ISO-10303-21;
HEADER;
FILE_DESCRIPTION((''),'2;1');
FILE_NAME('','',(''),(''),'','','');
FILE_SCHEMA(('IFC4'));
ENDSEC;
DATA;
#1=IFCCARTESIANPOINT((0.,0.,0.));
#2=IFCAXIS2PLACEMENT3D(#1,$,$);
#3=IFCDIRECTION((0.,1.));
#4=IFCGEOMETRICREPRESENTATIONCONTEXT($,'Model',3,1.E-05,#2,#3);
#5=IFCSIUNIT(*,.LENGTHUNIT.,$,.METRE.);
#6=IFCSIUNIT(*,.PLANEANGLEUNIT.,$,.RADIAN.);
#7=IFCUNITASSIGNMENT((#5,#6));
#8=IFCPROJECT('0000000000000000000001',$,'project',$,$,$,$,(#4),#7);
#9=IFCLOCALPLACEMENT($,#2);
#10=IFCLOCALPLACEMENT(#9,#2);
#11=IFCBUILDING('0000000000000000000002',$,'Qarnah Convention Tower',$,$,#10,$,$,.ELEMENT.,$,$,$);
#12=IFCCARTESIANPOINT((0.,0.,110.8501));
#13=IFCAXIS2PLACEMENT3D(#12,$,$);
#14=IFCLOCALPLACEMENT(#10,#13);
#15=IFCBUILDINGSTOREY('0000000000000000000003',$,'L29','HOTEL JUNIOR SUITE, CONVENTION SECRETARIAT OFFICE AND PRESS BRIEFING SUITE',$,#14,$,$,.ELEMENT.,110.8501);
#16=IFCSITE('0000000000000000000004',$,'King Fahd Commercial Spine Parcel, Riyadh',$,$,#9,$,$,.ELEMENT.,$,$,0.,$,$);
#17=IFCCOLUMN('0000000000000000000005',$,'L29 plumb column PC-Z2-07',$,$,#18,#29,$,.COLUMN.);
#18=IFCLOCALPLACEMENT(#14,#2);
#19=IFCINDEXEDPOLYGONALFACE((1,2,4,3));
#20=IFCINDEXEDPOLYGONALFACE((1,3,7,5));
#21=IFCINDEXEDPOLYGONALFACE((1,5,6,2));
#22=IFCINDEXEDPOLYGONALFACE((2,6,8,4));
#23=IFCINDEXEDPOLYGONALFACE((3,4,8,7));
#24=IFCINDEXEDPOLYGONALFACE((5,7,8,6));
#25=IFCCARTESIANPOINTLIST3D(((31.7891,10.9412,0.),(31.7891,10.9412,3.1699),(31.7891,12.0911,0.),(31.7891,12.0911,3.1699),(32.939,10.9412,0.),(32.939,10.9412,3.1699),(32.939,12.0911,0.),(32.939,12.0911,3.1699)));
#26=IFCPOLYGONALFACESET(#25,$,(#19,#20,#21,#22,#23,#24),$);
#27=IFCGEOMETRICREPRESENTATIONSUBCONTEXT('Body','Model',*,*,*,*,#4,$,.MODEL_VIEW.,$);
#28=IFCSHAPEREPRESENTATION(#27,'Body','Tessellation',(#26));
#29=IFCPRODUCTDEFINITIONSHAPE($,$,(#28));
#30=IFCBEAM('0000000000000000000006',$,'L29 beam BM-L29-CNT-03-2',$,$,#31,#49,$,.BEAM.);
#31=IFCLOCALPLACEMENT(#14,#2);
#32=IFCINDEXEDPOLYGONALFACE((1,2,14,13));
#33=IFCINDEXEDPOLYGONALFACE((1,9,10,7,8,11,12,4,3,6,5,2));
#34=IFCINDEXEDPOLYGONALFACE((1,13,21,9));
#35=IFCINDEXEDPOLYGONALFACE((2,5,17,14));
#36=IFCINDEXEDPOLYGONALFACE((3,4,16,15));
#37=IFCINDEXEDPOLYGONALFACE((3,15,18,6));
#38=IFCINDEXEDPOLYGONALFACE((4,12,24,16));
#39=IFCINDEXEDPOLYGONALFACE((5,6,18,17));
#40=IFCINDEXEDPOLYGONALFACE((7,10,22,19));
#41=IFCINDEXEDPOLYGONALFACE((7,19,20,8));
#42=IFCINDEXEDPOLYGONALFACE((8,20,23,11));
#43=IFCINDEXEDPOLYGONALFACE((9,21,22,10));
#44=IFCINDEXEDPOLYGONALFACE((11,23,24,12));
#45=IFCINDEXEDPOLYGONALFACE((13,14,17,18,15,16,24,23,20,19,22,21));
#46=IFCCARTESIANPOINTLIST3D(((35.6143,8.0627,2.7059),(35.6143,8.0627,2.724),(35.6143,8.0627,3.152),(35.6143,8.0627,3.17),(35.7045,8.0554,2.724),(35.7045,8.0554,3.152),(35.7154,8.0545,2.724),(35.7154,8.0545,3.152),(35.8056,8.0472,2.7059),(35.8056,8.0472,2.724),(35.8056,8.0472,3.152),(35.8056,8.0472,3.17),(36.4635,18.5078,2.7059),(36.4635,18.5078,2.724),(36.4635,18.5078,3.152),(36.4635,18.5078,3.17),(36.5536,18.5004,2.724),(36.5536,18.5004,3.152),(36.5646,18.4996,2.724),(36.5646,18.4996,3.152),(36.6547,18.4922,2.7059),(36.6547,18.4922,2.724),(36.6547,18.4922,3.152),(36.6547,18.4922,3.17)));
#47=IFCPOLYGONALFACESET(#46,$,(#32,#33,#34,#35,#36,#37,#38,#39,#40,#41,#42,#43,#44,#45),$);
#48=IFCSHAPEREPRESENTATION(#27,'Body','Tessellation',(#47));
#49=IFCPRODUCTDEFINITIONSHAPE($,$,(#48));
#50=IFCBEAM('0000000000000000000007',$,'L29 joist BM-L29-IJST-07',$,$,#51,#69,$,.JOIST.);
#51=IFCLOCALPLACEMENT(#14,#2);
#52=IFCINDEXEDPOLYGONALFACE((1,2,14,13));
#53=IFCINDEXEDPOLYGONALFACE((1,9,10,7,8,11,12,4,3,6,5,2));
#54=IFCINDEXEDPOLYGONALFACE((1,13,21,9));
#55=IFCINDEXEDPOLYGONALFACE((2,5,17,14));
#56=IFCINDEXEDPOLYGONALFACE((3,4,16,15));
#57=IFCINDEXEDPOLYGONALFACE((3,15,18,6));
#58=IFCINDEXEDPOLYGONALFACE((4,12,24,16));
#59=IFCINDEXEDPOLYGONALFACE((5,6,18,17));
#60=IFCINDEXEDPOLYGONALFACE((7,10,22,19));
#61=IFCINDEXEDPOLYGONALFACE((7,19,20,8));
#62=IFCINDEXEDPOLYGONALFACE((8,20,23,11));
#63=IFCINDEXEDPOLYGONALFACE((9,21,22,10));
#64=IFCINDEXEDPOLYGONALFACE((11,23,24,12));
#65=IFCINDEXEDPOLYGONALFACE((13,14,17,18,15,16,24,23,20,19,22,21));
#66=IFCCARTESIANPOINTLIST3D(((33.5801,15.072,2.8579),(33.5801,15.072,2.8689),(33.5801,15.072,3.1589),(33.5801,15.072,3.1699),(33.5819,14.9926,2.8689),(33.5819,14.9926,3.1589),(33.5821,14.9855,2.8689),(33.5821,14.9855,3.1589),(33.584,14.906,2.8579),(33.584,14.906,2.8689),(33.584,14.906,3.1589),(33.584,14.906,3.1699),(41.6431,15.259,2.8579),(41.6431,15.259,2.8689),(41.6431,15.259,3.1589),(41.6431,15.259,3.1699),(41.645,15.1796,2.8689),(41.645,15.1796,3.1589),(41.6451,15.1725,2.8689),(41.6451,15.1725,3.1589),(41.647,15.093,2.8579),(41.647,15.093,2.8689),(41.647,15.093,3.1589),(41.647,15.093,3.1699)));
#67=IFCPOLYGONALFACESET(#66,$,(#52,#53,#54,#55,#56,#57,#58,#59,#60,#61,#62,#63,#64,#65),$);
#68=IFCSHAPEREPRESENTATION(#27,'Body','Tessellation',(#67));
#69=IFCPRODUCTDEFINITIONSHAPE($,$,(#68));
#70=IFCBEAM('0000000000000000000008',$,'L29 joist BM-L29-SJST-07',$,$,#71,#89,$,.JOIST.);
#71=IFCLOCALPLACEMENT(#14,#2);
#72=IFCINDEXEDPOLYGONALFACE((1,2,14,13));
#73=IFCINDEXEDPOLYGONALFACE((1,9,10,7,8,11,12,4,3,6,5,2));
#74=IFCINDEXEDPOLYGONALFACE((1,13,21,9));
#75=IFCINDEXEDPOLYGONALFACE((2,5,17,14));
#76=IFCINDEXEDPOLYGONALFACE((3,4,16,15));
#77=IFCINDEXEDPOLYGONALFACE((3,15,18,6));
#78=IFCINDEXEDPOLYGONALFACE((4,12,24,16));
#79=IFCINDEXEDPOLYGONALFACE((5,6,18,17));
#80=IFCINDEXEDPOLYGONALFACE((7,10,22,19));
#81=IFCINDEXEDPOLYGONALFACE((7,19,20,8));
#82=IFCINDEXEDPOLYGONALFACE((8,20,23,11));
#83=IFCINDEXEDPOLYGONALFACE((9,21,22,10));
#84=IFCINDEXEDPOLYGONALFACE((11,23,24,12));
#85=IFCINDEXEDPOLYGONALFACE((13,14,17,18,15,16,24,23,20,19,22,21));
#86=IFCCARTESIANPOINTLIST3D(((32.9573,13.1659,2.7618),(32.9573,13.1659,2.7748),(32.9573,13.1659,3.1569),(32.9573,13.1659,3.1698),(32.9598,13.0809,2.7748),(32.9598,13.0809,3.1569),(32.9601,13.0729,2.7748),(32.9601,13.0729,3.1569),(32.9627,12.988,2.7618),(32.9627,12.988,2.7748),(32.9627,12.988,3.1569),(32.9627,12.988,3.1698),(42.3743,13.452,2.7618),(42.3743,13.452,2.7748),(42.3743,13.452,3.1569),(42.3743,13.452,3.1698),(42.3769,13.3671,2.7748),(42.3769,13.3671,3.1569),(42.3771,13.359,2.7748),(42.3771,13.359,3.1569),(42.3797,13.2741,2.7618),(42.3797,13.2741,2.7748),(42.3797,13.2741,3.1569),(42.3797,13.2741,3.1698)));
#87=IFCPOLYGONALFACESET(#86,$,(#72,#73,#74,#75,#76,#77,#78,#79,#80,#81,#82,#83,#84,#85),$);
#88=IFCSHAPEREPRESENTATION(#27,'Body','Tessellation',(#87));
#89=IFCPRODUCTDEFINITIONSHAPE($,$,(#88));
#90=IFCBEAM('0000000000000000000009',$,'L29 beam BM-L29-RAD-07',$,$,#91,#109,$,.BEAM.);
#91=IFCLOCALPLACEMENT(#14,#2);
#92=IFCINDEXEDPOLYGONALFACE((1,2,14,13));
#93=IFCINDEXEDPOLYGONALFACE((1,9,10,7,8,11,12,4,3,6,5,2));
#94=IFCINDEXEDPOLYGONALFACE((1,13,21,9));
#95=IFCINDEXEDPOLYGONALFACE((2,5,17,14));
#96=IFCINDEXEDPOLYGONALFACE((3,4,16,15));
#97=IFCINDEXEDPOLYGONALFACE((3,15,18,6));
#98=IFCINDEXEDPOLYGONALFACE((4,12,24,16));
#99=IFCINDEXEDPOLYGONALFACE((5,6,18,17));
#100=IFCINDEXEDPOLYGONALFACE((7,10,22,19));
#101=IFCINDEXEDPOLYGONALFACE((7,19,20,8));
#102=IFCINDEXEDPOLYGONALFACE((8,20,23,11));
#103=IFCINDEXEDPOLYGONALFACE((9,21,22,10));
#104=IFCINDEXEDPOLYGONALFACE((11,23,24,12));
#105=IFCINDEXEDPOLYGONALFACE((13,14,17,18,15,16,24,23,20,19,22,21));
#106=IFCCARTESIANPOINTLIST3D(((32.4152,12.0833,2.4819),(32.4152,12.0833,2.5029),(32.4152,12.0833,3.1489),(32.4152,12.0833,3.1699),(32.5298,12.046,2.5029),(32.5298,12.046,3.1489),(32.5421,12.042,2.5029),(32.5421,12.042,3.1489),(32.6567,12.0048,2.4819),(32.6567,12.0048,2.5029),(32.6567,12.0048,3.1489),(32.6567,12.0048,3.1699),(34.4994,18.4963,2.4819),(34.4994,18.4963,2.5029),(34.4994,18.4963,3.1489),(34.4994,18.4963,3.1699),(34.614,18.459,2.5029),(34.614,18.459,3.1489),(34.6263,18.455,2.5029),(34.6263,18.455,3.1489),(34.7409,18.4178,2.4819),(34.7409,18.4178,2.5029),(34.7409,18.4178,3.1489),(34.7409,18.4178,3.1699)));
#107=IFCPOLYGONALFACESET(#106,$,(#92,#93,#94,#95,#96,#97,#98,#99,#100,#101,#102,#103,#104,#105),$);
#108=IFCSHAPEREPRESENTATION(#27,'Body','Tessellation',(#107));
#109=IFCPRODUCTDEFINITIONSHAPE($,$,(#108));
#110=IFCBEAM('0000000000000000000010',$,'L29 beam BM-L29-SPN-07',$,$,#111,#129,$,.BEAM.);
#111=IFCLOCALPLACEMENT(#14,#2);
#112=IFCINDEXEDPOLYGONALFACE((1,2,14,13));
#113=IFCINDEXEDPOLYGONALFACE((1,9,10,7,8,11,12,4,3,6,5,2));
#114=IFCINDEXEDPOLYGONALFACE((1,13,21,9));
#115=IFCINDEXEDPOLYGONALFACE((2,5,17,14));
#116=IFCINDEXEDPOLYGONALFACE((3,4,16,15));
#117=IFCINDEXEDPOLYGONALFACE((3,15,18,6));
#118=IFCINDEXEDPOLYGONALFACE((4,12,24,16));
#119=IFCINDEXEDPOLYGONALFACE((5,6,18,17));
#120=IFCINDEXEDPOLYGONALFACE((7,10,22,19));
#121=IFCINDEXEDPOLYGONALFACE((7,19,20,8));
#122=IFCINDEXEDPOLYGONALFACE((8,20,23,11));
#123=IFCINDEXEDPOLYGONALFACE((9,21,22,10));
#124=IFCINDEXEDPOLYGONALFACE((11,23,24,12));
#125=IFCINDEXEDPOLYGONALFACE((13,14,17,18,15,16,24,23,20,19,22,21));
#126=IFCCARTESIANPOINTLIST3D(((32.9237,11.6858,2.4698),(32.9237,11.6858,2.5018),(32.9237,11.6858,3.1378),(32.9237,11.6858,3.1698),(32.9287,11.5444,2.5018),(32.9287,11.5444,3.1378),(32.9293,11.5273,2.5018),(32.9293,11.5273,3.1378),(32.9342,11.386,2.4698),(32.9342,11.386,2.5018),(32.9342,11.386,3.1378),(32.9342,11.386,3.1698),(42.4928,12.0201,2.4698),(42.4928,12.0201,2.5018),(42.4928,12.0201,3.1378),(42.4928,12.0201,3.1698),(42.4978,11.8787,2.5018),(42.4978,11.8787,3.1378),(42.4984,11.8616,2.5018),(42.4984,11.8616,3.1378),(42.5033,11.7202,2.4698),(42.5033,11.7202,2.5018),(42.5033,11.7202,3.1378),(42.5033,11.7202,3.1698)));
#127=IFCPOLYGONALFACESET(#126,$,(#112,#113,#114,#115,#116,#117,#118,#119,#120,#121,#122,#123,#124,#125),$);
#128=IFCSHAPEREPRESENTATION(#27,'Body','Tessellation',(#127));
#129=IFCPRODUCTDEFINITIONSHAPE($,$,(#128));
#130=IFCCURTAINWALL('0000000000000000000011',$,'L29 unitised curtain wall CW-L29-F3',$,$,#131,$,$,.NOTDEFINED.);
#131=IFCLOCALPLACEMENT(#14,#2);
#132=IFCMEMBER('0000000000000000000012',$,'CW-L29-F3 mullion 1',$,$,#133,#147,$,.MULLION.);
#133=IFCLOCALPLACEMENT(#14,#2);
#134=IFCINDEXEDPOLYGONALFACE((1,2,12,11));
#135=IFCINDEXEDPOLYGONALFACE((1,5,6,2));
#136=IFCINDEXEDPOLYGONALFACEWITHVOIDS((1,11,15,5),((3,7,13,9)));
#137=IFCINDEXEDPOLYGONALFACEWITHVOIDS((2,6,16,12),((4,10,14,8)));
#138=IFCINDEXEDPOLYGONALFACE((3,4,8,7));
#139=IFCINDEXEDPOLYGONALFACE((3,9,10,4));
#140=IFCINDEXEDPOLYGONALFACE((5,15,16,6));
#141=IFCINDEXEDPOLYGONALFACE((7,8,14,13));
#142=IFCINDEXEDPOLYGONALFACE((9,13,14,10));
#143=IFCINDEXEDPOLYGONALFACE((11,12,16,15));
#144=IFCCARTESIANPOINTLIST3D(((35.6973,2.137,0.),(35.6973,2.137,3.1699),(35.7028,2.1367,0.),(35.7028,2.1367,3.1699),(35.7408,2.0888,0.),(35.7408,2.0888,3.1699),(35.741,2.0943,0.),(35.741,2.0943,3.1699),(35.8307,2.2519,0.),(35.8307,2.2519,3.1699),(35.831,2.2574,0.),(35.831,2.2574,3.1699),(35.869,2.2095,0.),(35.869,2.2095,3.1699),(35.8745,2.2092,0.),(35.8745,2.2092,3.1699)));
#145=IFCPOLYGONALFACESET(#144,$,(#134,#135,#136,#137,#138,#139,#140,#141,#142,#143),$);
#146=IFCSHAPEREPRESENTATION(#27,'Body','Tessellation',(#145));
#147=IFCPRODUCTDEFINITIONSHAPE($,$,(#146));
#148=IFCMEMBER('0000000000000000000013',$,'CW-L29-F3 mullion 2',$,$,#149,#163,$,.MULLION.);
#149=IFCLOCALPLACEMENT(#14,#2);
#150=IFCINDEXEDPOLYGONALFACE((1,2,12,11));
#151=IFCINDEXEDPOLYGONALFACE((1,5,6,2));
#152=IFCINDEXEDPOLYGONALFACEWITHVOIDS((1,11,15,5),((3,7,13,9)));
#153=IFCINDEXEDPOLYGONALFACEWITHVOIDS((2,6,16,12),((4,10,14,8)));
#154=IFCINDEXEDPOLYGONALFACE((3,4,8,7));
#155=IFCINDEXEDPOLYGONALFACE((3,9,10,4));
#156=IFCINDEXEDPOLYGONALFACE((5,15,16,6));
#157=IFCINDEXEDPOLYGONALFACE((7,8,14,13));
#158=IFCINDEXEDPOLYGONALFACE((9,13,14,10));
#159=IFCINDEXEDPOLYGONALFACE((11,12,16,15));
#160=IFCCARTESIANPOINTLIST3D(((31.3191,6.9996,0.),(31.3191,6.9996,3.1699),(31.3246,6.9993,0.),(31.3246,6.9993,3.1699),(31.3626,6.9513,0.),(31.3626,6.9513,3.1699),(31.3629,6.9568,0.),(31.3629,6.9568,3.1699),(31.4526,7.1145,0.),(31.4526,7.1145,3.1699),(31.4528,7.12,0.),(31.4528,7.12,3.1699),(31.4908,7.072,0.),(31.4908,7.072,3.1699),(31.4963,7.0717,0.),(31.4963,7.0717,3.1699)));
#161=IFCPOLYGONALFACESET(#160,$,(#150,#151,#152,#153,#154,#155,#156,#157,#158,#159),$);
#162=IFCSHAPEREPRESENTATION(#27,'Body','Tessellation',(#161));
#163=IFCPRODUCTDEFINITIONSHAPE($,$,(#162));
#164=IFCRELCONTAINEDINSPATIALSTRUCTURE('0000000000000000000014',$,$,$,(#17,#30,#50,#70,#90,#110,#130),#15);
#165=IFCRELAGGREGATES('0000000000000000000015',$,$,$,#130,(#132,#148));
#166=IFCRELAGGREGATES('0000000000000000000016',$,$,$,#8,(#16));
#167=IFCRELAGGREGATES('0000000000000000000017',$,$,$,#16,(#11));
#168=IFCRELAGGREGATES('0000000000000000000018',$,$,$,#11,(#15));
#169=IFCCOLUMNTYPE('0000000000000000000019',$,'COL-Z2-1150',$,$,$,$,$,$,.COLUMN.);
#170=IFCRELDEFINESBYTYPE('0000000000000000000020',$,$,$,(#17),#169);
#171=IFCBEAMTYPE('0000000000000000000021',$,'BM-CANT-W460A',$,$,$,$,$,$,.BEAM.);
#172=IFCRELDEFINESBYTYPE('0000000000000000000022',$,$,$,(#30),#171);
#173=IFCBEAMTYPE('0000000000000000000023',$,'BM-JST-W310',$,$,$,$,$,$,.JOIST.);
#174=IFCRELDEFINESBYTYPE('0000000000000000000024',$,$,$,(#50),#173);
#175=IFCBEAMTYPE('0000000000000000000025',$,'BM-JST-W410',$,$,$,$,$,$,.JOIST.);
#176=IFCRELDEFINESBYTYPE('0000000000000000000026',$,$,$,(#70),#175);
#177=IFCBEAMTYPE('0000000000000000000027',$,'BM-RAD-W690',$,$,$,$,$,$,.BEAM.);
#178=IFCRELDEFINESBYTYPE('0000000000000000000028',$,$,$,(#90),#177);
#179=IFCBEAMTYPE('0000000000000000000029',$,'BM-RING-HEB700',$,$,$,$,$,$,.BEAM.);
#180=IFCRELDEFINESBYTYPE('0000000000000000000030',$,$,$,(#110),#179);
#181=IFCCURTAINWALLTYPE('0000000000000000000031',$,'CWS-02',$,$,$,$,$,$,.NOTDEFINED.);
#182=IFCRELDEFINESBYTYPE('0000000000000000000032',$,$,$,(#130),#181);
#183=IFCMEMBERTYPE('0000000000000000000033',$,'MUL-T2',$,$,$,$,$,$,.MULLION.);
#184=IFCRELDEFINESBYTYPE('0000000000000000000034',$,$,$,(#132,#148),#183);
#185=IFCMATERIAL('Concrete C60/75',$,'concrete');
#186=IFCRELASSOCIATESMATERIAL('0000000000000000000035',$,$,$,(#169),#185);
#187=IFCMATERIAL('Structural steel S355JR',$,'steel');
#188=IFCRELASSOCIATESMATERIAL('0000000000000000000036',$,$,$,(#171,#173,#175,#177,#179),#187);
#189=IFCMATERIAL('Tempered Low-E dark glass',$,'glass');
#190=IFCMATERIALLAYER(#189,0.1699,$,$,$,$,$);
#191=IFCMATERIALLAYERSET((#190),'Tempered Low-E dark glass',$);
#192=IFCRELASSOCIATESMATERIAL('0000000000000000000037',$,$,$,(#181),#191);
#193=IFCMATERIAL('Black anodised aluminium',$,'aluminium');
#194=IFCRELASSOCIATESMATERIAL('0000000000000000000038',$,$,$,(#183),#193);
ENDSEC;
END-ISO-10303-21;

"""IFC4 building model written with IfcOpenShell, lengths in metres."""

from ifc_helpers import new_model, si_unit, direction, frame, origin, origin_2d, place, context, subcontext, project, spatial, rectangle, hollow_rectangle, i_section, extrude, material, layer, layer_set, material_profile, profile_set, type_object, element, aggregate, save


model = new_model("IFC4")

# Units and contexts
model_context = context("Model", 3, precision=1e-05, world=origin(), true_north=direction((0.0, 1.0)))
body_context = subcontext(model_context, "Body", "Model", "MODEL_VIEW")
ifc_project = project(units=[si_unit("LENGTHUNIT", "METRE"), si_unit("PLANEANGLEUNIT", "RADIAN")], contexts=[model_context])

# Site, building, storey
site_placement = place(None, origin())
site = spatial("IfcSite", under=ifc_project, at=site_placement, Name="King Fahd Commercial Spine Parcel, Riyadh", CompositionType="ELEMENT", RefElevation=0.0)
building_placement = place(site_placement, origin())
building = spatial("IfcBuilding", under=site, at=building_placement, Name="Qarnah Convention Tower", CompositionType="ELEMENT")
storey_placement = place(building_placement, frame((0.0, 0.0, 110.8501)))
storey = spatial("IfcBuildingStorey", under=building, at=storey_placement, Name="L29", Description="HOTEL JUNIOR SUITE, CONVENTION SECRETARIAT OFFICE AND PRESS BRIEFING SUITE", CompositionType="ELEMENT", Elevation=110.8501)

# Column
ifc_material_1 = material(Name="Concrete C60/75", Category="concrete")
ifc_material_profile_1 = material_profile(ifc_material_1, rectangle(XDim=1.1499, YDim=1.1499, at=origin_2d()), Name="RC-COL-1150X1150")
ifc_profile_set_1 = profile_set([ifc_material_profile_1], Name="Concrete C60/75")
column_type = type_object("IfcColumnType", Name="COL-Z2-1150", PredefinedType="COLUMN", material=ifc_profile_set_1)
column_placement = place(storey_placement, frame((32.364, 11.5161, 0.0), z_axis=(0.0, 0.0, 1.0), x_axis=(1.0, 0.0, 0.0)))
element("IfcColumn", 1, at=column_placement, inside=storey, type_object=column_type, Name="L29 plumb column PC-Z2-07", PredefinedType="COLUMN", context=body_context, shape_type="SweptSolid", body=[
    extrude(rectangle(XDim=1.1499, YDim=1.1499, at=origin_2d()), origin(), (0.0, 0.0, 1.0), 3.1699),
])

# Beams
ifc_material_2 = material(Name="Structural steel S355JR", Category="steel")
ifc_material_profile_2 = material_profile(ifc_material_2, i_section(OverallWidth=0.1919, OverallDepth=0.4641, WebThickness=0.011, FlangeThickness=0.0181, at=origin_2d()), Name="W460X89")
ifc_profile_set_2 = profile_set([ifc_material_profile_2], Name="Structural steel S355JR")
beam_type_1 = type_object("IfcBeamType", Name="BM-CANT-W460A", PredefinedType="BEAM", material=ifc_profile_set_2)
beam_1_placement = place(storey_placement, frame((36.5591, 18.5, 2.938), z_axis=(-0.081027, -0.996712, 0.0), x_axis=(0.996712, -0.081027, 0.0)))
element("IfcBeam", 2, at=beam_1_placement, inside=storey, type_object=beam_type_1, Name="L29 beam BM-L29-CNT-03-2", PredefinedType="BEAM", context=body_context, shape_type="SweptSolid", body=[
    extrude(i_section(OverallWidth=0.1919, OverallDepth=0.4641, WebThickness=0.011, FlangeThickness=0.0181, at=origin_2d()), origin(), (0.0, 0.0, 1.0), 10.4795),
])
ifc_material_profile_3 = material_profile(ifc_material_2, i_section(OverallWidth=0.166, OverallDepth=0.312, WebThickness=0.0071, FlangeThickness=0.011, at=origin_2d()), Name="W310X45")
ifc_profile_set_3 = profile_set([ifc_material_profile_3], Name="Structural steel S355JR")
beam_type_2 = type_object("IfcBeamType", Name="BM-JST-W310", PredefinedType="JOIST", material=ifc_profile_set_3)
beam_2_placement = place(storey_placement, frame((33.582, 14.989, 3.0139), z_axis=(0.999731, 0.023188, 0.0), x_axis=(-0.023188, 0.999731, 0.0)))
element("IfcBeam", 3, at=beam_2_placement, inside=storey, type_object=beam_type_2, Name="L29 joist BM-L29-IJST-07", PredefinedType="JOIST", context=body_context, shape_type="SweptSolid", body=[
    extrude(i_section(OverallWidth=0.166, OverallDepth=0.312, WebThickness=0.0071, FlangeThickness=0.011, at=origin_2d()), origin(), (0.0, 0.0, 1.0), 8.0652),
])
ifc_material_profile_4 = material_profile(ifc_material_2, i_section(OverallWidth=0.178, OverallDepth=0.408, WebThickness=0.0081, FlangeThickness=0.0129, at=origin_2d()), Name="W410X60")
ifc_profile_set_4 = profile_set([ifc_material_profile_4], Name="Structural steel S355JR")
beam_type_3 = type_object("IfcBeamType", Name="BM-JST-W410", PredefinedType="JOIST", material=ifc_profile_set_4)
beam_3_placement = place(storey_placement, frame((32.96, 13.0769, 2.9658), z_axis=(0.999539, 0.030371, 0.0), x_axis=(-0.030371, 0.999539, 0.0)))
element("IfcBeam", 4, at=beam_3_placement, inside=storey, type_object=beam_type_3, Name="L29 joist BM-L29-SJST-07", PredefinedType="JOIST", context=body_context, shape_type="SweptSolid", body=[
    extrude(i_section(OverallWidth=0.178, OverallDepth=0.408, WebThickness=0.0081, FlangeThickness=0.0129, at=origin_2d()), origin(), (0.0, 0.0, 1.0), 9.4214),
])
ifc_material_profile_5 = material_profile(ifc_material_2, i_section(OverallWidth=0.2539, OverallDepth=0.688, WebThickness=0.0129, FlangeThickness=0.021, at=origin_2d()), Name="W690X152")
ifc_profile_set_5 = profile_set([ifc_material_profile_5], Name="Structural steel S355JR")
beam_type_4 = type_object("IfcBeamType", Name="BM-RAD-W690", PredefinedType="BEAM", material=ifc_profile_set_5)
beam_4_placement = place(storey_placement, frame((34.6201, 18.457, 2.8259), z_axis=(-0.309083, -0.951035, 0.0), x_axis=(0.951035, -0.309083, 0.0)))
element("IfcBeam", 5, at=beam_4_placement, inside=storey, type_object=beam_type_4, Name="L29 beam BM-L29-RAD-07", PredefinedType="BEAM", context=body_context, shape_type="SweptSolid", body=[
    extrude(i_section(OverallWidth=0.2539, OverallDepth=0.688, WebThickness=0.0129, FlangeThickness=0.021, at=origin_2d()), origin(), (0.0, 0.0, 1.0), 6.7432),
])
ifc_material_profile_6 = material_profile(ifc_material_2, i_section(OverallWidth=0.3, OverallDepth=0.7, WebThickness=0.0171, FlangeThickness=0.032, at=origin_2d()), Name="HEB700")
ifc_profile_set_6 = profile_set([ifc_material_profile_6], Name="Structural steel S355JR")
beam_type_5 = type_object("IfcBeamType", Name="BM-RING-HEB700", PredefinedType="BEAM", material=ifc_profile_set_6)
beam_5_placement = place(storey_placement, frame((32.929, 11.5359, 2.8198), z_axis=(0.999391, 0.034907, 0.0), x_axis=(-0.034907, 0.999391, 0.0)))
element("IfcBeam", 6, at=beam_5_placement, inside=storey, type_object=beam_type_5, Name="L29 beam BM-L29-SPN-07", PredefinedType="BEAM", context=body_context, shape_type="SweptSolid", body=[
    extrude(i_section(OverallWidth=0.3, OverallDepth=0.7, WebThickness=0.0171, FlangeThickness=0.032, at=origin_2d()), origin(), (0.0, 0.0, 1.0), 9.575),
])

# Curtain wall, members
ifc_material_3 = material(Name="Tempered Low-E dark glass", Category="glass")
ifc_layer_1 = layer(ifc_material_3, 0.1699)
ifc_layer_set_1 = layer_set([ifc_layer_1], Name="Tempered Low-E dark glass")
curtain_wall_type = type_object("IfcCurtainWallType", Name="CWS-02", PredefinedType="NOTDEFINED", material=ifc_layer_set_1)
curtain_wall_placement = place(storey_placement, origin())
curtain_wall = element("IfcCurtainWall", 7, at=curtain_wall_placement, inside=storey, type_object=curtain_wall_type, Name="L29 unitised curtain wall CW-L29-F3", PredefinedType="NOTDEFINED")
ifc_material_4 = material(Name="Black anodised aluminium", Category="aluminium")
ifc_material_profile_7 = material_profile(ifc_material_4, hollow_rectangle(XDim=0.0649, YDim=0.1799, WallThickness=0.0039, at=origin_2d()), Name="MUL-65X180")
ifc_profile_set_7 = profile_set([ifc_material_profile_7], Name="Black anodised aluminium")
member_type_1 = type_object("IfcMemberType", Name="MUL-T2", PredefinedType="MULLION", material=ifc_profile_set_7)
member_1_placement = place(storey_placement, frame((35.7859, 2.1731, 0.0), z_axis=(0.0, 0.0, 1.0), x_axis=(-0.669122, 0.743153, 0.0)))
member_1 = element("IfcMember", 8, at=member_1_placement, type_object=member_type_1, Name="CW-L29-F3 mullion 1", PredefinedType="MULLION", context=body_context, shape_type="SweptSolid", body=[
    extrude(hollow_rectangle(XDim=0.0649, YDim=0.1799, WallThickness=0.0039, at=origin_2d()), origin(), (0.0, 0.0, 1.0), 3.1699),
])
member_2_placement = place(storey_placement, frame((31.4077, 7.0356, 0.0), z_axis=(0.0, 0.0, 1.0), x_axis=(-0.669122, 0.743153, 0.0)))
member_2 = element("IfcMember", 9, at=member_2_placement, type_object=member_type_1, Name="CW-L29-F3 mullion 2", PredefinedType="MULLION", context=body_context, shape_type="SweptSolid", body=[
    extrude(hollow_rectangle(XDim=0.0649, YDim=0.1799, WallThickness=0.0039, at=origin_2d()), origin(), (0.0, 0.0, 1.0), 3.1699),
])
aggregate(curtain_wall, [member_1, member_2])

save(model, "model.ifc")
